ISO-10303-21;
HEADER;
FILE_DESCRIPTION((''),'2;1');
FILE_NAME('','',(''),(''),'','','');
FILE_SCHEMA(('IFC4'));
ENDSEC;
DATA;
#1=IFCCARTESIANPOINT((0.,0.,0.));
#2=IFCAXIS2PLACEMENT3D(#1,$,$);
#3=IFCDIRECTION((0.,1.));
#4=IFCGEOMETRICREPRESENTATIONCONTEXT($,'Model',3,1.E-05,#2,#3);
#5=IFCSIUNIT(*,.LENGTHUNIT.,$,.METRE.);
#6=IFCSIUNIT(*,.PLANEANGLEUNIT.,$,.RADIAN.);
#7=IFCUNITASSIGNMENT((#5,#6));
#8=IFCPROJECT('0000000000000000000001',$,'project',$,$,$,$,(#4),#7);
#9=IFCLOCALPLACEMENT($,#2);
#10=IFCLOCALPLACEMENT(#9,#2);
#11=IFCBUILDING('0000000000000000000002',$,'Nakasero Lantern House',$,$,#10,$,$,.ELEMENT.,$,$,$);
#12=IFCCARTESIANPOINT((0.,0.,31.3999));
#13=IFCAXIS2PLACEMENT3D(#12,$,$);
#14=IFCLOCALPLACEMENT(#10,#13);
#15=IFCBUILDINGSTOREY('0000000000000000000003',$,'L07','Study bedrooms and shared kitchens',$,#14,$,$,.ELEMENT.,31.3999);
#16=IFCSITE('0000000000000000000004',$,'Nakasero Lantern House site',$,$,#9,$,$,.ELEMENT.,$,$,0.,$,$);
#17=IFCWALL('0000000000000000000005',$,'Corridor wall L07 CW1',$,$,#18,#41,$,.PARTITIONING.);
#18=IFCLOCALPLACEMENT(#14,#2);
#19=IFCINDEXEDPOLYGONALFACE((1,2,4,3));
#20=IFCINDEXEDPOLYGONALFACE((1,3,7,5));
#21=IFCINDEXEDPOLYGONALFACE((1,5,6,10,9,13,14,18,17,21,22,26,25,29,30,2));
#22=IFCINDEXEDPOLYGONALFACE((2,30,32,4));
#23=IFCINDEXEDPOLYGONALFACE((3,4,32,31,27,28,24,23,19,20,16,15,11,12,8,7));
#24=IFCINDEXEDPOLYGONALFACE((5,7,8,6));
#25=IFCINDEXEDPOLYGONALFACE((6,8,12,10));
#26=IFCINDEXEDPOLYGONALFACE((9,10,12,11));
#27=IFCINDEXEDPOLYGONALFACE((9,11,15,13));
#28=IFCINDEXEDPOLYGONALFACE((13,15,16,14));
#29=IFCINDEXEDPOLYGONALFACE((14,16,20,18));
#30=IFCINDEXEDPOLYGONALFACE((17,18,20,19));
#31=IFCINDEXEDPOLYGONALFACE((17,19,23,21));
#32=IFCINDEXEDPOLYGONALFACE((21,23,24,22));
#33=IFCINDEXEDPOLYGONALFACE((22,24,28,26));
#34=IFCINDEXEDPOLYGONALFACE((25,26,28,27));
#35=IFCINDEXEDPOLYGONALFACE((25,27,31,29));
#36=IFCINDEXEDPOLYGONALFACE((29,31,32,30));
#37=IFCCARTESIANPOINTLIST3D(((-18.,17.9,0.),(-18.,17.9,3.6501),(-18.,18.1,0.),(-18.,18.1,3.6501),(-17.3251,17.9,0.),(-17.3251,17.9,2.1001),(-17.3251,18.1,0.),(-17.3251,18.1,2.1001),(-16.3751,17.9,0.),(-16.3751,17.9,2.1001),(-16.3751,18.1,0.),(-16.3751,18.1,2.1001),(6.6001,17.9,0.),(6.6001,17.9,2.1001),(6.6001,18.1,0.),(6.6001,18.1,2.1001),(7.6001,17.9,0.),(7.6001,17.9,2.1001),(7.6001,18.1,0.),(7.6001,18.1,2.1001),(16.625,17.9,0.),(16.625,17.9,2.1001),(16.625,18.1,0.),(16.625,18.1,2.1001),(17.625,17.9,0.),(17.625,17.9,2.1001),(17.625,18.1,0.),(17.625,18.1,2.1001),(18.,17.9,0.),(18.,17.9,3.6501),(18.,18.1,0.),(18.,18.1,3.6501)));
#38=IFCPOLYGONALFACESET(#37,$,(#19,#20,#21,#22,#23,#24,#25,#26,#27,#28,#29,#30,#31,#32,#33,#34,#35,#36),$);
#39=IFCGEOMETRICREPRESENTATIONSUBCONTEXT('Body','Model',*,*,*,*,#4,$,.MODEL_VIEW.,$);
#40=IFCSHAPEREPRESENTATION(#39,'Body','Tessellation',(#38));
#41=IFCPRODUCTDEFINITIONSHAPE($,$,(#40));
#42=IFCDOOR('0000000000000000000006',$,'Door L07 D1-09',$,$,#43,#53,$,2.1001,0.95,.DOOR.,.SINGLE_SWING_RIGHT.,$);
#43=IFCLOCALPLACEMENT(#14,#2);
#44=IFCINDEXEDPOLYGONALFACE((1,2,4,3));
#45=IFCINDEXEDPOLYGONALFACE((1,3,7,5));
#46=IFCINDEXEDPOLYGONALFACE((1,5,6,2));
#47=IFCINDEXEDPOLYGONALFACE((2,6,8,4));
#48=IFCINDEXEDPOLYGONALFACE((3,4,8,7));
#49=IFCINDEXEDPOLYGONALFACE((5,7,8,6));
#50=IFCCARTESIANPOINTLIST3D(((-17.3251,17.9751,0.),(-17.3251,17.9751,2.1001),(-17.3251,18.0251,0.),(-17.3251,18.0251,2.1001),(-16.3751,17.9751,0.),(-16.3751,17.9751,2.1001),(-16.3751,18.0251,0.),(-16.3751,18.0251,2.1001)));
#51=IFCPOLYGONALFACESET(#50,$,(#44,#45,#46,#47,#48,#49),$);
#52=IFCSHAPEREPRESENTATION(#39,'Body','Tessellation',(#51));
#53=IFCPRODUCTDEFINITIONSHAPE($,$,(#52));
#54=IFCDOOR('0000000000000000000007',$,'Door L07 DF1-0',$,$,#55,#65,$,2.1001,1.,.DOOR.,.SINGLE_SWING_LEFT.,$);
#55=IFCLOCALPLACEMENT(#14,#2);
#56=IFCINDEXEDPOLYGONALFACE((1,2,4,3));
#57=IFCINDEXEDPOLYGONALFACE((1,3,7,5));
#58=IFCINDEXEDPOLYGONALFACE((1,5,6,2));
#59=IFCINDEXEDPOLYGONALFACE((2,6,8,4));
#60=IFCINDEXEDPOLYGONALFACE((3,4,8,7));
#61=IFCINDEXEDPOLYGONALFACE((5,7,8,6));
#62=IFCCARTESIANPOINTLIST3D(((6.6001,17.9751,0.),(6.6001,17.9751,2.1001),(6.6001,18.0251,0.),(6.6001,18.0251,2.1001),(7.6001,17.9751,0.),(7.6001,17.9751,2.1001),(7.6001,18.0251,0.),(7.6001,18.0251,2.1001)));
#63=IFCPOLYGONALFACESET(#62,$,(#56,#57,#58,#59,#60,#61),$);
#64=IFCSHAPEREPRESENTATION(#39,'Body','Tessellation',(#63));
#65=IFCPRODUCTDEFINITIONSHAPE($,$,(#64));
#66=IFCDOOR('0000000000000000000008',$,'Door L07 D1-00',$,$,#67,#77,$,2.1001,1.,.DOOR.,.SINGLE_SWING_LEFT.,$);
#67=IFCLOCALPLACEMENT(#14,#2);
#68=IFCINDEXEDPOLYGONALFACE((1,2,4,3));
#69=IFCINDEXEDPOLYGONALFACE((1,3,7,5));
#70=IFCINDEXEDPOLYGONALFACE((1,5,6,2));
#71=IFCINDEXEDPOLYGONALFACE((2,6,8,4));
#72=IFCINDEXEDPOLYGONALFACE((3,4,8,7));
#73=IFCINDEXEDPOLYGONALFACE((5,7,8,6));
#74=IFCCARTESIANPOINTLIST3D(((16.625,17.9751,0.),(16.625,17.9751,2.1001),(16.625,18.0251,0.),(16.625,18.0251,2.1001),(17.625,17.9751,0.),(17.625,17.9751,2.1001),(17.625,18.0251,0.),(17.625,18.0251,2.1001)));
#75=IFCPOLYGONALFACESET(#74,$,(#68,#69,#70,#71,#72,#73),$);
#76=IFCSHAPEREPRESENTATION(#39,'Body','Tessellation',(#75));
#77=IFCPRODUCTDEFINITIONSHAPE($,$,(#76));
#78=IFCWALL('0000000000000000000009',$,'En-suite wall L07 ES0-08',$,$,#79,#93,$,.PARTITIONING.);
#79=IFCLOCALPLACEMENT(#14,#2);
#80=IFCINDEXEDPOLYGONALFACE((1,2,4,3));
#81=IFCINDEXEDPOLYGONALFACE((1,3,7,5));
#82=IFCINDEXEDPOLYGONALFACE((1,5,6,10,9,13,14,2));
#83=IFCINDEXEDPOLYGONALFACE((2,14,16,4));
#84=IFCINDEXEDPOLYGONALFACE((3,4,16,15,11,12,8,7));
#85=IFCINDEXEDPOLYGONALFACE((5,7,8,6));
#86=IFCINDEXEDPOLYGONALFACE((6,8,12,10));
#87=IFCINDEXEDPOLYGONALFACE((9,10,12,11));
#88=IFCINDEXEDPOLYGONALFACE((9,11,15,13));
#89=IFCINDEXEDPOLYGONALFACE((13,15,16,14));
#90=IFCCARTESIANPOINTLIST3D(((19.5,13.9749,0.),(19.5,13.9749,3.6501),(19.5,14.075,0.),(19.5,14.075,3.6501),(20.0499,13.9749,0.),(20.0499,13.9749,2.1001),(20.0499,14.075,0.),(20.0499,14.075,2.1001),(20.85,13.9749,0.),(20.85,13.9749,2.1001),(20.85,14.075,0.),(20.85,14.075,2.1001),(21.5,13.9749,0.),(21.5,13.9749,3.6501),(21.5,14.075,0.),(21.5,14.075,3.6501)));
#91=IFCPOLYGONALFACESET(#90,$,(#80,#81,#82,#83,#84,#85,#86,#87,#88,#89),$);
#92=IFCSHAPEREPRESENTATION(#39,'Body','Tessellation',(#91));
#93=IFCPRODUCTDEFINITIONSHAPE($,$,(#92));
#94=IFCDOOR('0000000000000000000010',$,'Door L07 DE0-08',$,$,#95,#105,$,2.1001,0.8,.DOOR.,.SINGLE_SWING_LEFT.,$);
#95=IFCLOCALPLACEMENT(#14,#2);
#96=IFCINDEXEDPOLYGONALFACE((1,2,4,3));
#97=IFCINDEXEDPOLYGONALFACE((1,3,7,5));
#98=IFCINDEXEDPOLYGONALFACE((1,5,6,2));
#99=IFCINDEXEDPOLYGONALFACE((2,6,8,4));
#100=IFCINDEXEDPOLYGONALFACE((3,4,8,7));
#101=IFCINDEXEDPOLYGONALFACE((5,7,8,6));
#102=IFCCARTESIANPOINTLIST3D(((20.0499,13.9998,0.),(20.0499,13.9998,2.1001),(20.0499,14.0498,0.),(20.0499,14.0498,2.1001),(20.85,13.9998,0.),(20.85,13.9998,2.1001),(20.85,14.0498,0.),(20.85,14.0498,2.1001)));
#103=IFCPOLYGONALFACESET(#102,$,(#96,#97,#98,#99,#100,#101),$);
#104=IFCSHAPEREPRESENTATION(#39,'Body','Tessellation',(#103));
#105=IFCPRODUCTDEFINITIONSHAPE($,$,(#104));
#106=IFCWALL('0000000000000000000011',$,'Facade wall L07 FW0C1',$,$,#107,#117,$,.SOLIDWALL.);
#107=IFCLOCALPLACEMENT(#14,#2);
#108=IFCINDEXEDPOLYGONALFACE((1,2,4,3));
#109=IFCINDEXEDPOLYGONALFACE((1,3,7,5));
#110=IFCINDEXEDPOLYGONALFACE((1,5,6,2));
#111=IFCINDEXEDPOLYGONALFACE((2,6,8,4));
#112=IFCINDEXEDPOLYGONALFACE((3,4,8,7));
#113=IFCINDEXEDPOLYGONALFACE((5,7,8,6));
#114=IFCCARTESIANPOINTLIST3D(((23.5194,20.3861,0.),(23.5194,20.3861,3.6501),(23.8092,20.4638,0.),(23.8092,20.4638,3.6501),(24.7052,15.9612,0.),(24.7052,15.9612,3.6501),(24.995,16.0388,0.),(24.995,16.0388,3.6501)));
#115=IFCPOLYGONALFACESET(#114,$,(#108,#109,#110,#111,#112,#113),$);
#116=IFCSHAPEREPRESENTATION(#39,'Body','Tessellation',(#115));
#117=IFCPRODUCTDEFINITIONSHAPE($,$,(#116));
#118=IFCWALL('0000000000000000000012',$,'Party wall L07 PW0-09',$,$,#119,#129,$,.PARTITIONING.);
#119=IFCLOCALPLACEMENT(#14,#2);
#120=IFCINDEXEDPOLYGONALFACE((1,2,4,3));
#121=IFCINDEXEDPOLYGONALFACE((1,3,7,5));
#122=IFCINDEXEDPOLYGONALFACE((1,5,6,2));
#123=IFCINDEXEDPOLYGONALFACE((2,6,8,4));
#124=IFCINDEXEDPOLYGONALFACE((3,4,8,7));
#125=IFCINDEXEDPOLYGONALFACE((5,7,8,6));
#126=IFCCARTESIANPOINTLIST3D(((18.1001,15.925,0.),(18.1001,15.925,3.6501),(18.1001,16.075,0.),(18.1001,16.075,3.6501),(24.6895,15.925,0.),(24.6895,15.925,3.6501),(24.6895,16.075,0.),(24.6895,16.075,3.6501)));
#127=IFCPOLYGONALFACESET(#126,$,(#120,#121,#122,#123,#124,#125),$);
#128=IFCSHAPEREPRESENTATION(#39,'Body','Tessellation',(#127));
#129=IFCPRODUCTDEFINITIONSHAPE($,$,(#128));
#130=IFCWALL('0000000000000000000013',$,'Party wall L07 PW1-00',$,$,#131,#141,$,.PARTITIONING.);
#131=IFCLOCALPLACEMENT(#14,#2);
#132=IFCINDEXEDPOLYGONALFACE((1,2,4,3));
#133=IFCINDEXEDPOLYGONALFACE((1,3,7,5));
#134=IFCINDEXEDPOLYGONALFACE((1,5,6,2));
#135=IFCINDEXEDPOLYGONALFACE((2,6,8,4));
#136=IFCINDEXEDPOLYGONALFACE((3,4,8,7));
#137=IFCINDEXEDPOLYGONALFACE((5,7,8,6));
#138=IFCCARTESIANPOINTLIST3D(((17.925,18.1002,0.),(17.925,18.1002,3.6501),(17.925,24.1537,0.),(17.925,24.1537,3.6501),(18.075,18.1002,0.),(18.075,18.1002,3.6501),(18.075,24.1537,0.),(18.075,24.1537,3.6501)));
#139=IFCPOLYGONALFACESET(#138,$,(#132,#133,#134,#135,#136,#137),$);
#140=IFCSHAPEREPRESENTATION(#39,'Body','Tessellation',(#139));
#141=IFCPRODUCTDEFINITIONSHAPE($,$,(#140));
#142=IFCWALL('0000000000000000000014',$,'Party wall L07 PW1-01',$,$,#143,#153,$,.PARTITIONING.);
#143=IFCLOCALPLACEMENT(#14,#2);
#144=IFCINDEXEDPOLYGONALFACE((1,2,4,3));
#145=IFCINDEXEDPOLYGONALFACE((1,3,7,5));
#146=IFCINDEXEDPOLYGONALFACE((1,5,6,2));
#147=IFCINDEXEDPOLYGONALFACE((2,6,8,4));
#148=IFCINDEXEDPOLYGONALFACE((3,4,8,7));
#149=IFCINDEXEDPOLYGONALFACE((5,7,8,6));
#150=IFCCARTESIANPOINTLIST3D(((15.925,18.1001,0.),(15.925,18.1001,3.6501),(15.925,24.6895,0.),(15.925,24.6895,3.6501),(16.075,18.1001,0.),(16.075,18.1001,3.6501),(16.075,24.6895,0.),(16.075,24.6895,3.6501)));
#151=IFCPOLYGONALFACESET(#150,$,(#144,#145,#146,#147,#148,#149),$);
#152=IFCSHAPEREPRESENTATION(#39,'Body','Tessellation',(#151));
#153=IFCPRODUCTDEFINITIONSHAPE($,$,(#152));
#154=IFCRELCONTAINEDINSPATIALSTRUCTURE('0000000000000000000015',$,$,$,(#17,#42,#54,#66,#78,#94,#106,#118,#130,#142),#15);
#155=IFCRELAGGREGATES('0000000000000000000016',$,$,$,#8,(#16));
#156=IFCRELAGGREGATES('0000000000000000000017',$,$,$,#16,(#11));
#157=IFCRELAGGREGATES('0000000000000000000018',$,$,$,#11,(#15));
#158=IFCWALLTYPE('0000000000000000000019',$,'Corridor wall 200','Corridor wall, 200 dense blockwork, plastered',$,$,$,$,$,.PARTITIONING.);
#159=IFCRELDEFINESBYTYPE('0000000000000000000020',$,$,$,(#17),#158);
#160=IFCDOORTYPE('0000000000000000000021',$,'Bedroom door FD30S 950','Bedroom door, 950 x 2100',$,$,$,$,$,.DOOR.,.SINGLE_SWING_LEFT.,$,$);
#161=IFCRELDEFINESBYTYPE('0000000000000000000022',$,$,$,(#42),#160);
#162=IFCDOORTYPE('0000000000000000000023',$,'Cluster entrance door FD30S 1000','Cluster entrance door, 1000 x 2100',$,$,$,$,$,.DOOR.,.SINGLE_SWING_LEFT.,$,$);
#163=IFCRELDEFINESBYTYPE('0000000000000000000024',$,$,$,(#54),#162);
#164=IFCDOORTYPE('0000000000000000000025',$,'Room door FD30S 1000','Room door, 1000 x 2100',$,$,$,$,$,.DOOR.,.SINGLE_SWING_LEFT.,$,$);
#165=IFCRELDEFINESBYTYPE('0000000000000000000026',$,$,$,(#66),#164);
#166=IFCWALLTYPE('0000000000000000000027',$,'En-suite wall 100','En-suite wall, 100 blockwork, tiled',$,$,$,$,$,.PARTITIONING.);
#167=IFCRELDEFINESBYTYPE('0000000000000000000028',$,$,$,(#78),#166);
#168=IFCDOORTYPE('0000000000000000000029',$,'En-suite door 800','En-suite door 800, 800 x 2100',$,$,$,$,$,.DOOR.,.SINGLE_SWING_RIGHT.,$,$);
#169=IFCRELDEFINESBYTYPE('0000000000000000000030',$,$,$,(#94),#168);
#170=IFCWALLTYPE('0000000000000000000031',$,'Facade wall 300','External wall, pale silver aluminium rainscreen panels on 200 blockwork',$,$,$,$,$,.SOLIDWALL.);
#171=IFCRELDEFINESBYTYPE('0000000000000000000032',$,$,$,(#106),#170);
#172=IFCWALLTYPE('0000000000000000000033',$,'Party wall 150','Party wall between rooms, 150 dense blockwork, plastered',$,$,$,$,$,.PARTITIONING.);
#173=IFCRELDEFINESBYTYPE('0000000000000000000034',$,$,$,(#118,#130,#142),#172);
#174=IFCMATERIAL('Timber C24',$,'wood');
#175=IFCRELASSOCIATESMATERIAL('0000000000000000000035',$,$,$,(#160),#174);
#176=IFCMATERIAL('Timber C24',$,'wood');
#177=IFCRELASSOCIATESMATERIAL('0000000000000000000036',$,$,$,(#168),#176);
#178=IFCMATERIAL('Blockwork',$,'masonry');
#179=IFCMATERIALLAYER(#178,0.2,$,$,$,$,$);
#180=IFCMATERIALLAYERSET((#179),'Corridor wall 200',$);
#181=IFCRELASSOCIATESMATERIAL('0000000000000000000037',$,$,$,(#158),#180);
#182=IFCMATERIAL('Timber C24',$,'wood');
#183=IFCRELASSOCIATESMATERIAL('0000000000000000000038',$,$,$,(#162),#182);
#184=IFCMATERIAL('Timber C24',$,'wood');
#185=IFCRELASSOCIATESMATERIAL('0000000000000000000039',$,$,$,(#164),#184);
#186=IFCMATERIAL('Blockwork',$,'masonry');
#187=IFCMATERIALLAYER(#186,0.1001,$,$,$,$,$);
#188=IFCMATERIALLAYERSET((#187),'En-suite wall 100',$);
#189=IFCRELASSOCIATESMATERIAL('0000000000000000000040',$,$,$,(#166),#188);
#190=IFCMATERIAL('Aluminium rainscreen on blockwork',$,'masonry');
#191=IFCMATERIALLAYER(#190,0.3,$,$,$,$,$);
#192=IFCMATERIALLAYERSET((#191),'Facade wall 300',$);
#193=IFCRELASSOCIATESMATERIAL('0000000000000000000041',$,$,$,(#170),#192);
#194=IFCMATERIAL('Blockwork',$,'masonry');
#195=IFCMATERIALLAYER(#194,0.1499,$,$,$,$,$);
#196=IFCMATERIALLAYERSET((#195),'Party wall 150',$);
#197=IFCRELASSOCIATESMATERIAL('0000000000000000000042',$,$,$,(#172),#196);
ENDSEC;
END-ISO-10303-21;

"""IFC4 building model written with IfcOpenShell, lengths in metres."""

from ifc_helpers import new_model, si_unit, direction, frame, frame_2d, origin, place, context, subcontext, project, spatial, rectangle, extrude, material, layer, layer_set, type_object, element, fill, save


model = new_model("IFC4")

# Units and contexts
model_context = context("Model", 3, precision=1e-05, world=origin(), true_north=direction((0.0, 1.0)))
body_context = subcontext(model_context, "Body", "Model", "MODEL_VIEW")
ifc_project = project(units=[si_unit("LENGTHUNIT", "METRE"), si_unit("PLANEANGLEUNIT", "RADIAN")], contexts=[model_context])

# Site, building, storey
site_placement = place(None, origin())
site = spatial("IfcSite", under=ifc_project, at=site_placement, Name="Nakasero Lantern House site", CompositionType="ELEMENT", RefElevation=0.0)
building_placement = place(site_placement, origin())
building = spatial("IfcBuilding", under=site, at=building_placement, Name="Nakasero Lantern House", CompositionType="ELEMENT")
storey_placement = place(building_placement, frame((0.0, 0.0, 31.3999)))
storey = spatial("IfcBuildingStorey", under=building, at=storey_placement, Name="L07", Description="Study bedrooms and shared kitchens", CompositionType="ELEMENT", Elevation=31.3999)

# Wall, openings, doors
ifc_material_1 = material(Name="Timber C24", Category="wood")
door_type_1 = type_object("IfcDoorType", Name="Bedroom door FD30S 950", Description="Bedroom door, 950 x 2100", OperationType="SINGLE_SWING_LEFT", PredefinedType="DOOR", material=ifc_material_1)
ifc_material_2 = material(Name="Timber C24", Category="wood")
door_type_2 = type_object("IfcDoorType", Name="En-suite door 800", Description="En-suite door 800, 800 x 2100", OperationType="SINGLE_SWING_RIGHT", PredefinedType="DOOR", material=ifc_material_2)
ifc_material_3 = material(Name="Blockwork", Category="masonry")
ifc_layer_1 = layer(ifc_material_3, 0.2)
ifc_layer_set_1 = layer_set([ifc_layer_1], Name="Corridor wall 200")
wall_type_1 = type_object("IfcWallType", Name="Corridor wall 200", Description="Corridor wall, 200 dense blockwork, plastered", PredefinedType="PARTITIONING", material=ifc_layer_set_1)
wall_1_placement = place(storey_placement, frame((18.0, 18.0, 0.0), z_axis=(0.0, 0.0, 1.0), x_axis=(-1.0, 0.0, 0.0)))
wall_1 = element("IfcWall", 1, at=wall_1_placement, inside=storey, type_object=wall_type_1, Name="Corridor wall L07 CW1", PredefinedType="PARTITIONING", context=body_context, shape_type="SweptSolid", body=[
    extrude(rectangle(XDim=36.0, YDim=0.2, at=frame_2d((18.0, 0.0))), origin(), (0.0, 0.0, 1.0), 3.6501),
])
opening_1_placement = place(wall_1_placement, frame((10.3999, 0.0, 0.0)))
opening_1 = element("IfcOpeningElement", 2, at=opening_1_placement, cuts=wall_1, PredefinedType="OPENING", context=body_context, shape_type="SweptSolid", body=[
    extrude(rectangle(XDim=1.0, YDim=2.1001, at=frame_2d((0.5, 1.05))), frame((0.0, 0.1199, 0.0), z_axis=(0.0, -1.0, 0.0), x_axis=(1.0, 0.0, 0.0)), (0.0, 0.0, 1.0), 0.24),
])
opening_2_placement = place(wall_1_placement, frame((0.375, 0.0, 0.0)))
opening_2 = element("IfcOpeningElement", 3, at=opening_2_placement, cuts=wall_1, PredefinedType="OPENING", context=body_context, shape_type="SweptSolid", body=[
    extrude(rectangle(XDim=1.0, YDim=2.1001, at=frame_2d((0.5, 1.05))), frame((0.0, 0.1199, 0.0), z_axis=(0.0, -1.0, 0.0), x_axis=(1.0, 0.0, 0.0)), (0.0, 0.0, 1.0), 0.24),
])
opening_3_placement = place(wall_1_placement, frame((34.375, 0.0, 0.0)))
opening_3 = element("IfcOpeningElement", 4, at=opening_3_placement, cuts=wall_1, PredefinedType="OPENING", context=body_context, shape_type="SweptSolid", body=[
    extrude(rectangle(XDim=0.95, YDim=2.1001, at=frame_2d((0.4751, 1.05))), frame((0.0, 0.1199, 0.0), z_axis=(0.0, -1.0, 0.0), x_axis=(1.0, 0.0, 0.0)), (0.0, 0.0, 1.0), 0.24),
])
door_1_placement = place(opening_3_placement, origin())
door_1 = element("IfcDoor", 5, at=door_1_placement, inside=storey, type_object=door_type_1, Name="Door L07 D1-09", OperationType="SINGLE_SWING_RIGHT", OverallHeight=2.1001, OverallWidth=0.95, PredefinedType="DOOR", context=body_context, shape_type="SweptSolid", body=[
    extrude(rectangle(XDim=0.95, YDim=2.1001, at=frame_2d((0.4751, 1.05))), frame((0.0, 0.0249, 0.0), z_axis=(0.0, -1.0, 0.0), x_axis=(1.0, 0.0, 0.0)), (0.0, 0.0, 1.0), 0.05),
])
fill(opening_3, door_1)
ifc_material_4 = material(Name="Timber C24", Category="wood")
door_type_3 = type_object("IfcDoorType", Name="Cluster entrance door FD30S 1000", Description="Cluster entrance door, 1000 x 2100", OperationType="SINGLE_SWING_LEFT", PredefinedType="DOOR", material=ifc_material_4)
door_2_placement = place(opening_1_placement, origin())
door_2 = element("IfcDoor", 6, at=door_2_placement, inside=storey, type_object=door_type_3, Name="Door L07 DF1-0", OperationType="SINGLE_SWING_LEFT", OverallHeight=2.1001, OverallWidth=1.0, PredefinedType="DOOR", context=body_context, shape_type="SweptSolid", body=[
    extrude(rectangle(XDim=1.0, YDim=2.1001, at=frame_2d((0.5, 1.05))), frame((0.0, 0.0249, 0.0), z_axis=(0.0, -1.0, 0.0), x_axis=(1.0, 0.0, 0.0)), (0.0, 0.0, 1.0), 0.05),
])
fill(opening_1, door_2)
ifc_material_5 = material(Name="Timber C24", Category="wood")
door_type_4 = type_object("IfcDoorType", Name="Room door FD30S 1000", Description="Room door, 1000 x 2100", OperationType="SINGLE_SWING_LEFT", PredefinedType="DOOR", material=ifc_material_5)
door_3_placement = place(opening_2_placement, origin())
door_3 = element("IfcDoor", 7, at=door_3_placement, inside=storey, type_object=door_type_4, Name="Door L07 D1-00", OperationType="SINGLE_SWING_LEFT", OverallHeight=2.1001, OverallWidth=1.0, PredefinedType="DOOR", context=body_context, shape_type="SweptSolid", body=[
    extrude(rectangle(XDim=1.0, YDim=2.1001, at=frame_2d((0.5, 1.05))), frame((0.0, 0.0249, 0.0), z_axis=(0.0, -1.0, 0.0), x_axis=(1.0, 0.0, 0.0)), (0.0, 0.0, 1.0), 0.05),
])
fill(opening_2, door_3)

# Wall, opening, door
ifc_material_6 = material(Name="Blockwork", Category="masonry")
ifc_layer_2 = layer(ifc_material_6, 0.1001)
ifc_layer_set_2 = layer_set([ifc_layer_2], Name="En-suite wall 100")
wall_type_2 = type_object("IfcWallType", Name="En-suite wall 100", Description="En-suite wall, 100 blockwork, tiled", PredefinedType="PARTITIONING", material=ifc_layer_set_2)
wall_2_placement = place(storey_placement, frame((19.5, 14.0249, 0.0), z_axis=(0.0, 0.0, 1.0), x_axis=(1.0, 0.0, 0.0)))
wall_2 = element("IfcWall", 8, at=wall_2_placement, inside=storey, type_object=wall_type_2, Name="En-suite wall L07 ES0-08", PredefinedType="PARTITIONING", context=body_context, shape_type="SweptSolid", body=[
    extrude(rectangle(XDim=2.0, YDim=0.1001, at=frame_2d((1.0, 0.0))), origin(), (0.0, 0.0, 1.0), 3.6501),
])
opening_4_placement = place(wall_2_placement, frame((0.55, 0.0, 0.0)))
opening_4 = element("IfcOpeningElement", 9, at=opening_4_placement, cuts=wall_2, PredefinedType="OPENING", context=body_context, shape_type="SweptSolid", body=[
    extrude(rectangle(XDim=0.8, YDim=2.1001, at=frame_2d((0.3999, 1.05))), frame((0.0, 0.0701, 0.0), z_axis=(0.0, -1.0, 0.0), x_axis=(1.0, 0.0, 0.0)), (0.0, 0.0, 1.0), 0.1401),
])
door_4_placement = place(opening_4_placement, origin())
door_4 = element("IfcDoor", 10, at=door_4_placement, inside=storey, type_object=door_type_2, Name="Door L07 DE0-08", OperationType="SINGLE_SWING_LEFT", OverallHeight=2.1001, OverallWidth=0.8, PredefinedType="DOOR", context=body_context, shape_type="SweptSolid", body=[
    extrude(rectangle(XDim=0.8, YDim=2.1001, at=frame_2d((0.3999, 1.05))), frame((0.0, 0.0249, 0.0), z_axis=(0.0, -1.0, 0.0), x_axis=(1.0, 0.0, 0.0)), (0.0, 0.0, 1.0), 0.05),
])
fill(opening_4, door_4)

# Walls
ifc_material_7 = material(Name="Aluminium rainscreen on blockwork", Category="masonry")
ifc_layer_3 = layer(ifc_material_7, 0.3)
ifc_layer_set_3 = layer_set([ifc_layer_3], Name="Facade wall 300")
wall_type_3 = type_object("IfcWallType", Name="Facade wall 300", Description="External wall, pale silver aluminium rainscreen panels on 200 blockwork", PredefinedType="SOLIDWALL", material=ifc_layer_set_3)
wall_3_placement = place(storey_placement, frame((24.8501, 16.0, 0.0), z_axis=(0.0, 0.0, 1.0), x_axis=(-0.25884, 0.96592, 0.0)))
element("IfcWall", 11, at=wall_3_placement, inside=storey, type_object=wall_type_3, Name="Facade wall L07 FW0C1", PredefinedType="SOLIDWALL", context=body_context, shape_type="SweptSolid", body=[
    extrude(rectangle(XDim=4.5811, YDim=0.3, at=frame_2d((2.2905, 0.0))), origin(), (0.0, 0.0, 1.0), 3.6501),
])
ifc_material_8 = material(Name="Blockwork", Category="masonry")
ifc_layer_4 = layer(ifc_material_8, 0.1499)
ifc_layer_set_4 = layer_set([ifc_layer_4], Name="Party wall 150")
wall_type_4 = type_object("IfcWallType", Name="Party wall 150", Description="Party wall between rooms, 150 dense blockwork, plastered", PredefinedType="PARTITIONING", material=ifc_layer_set_4)
wall_4_placement = place(storey_placement, frame((18.1001, 16.0, 0.0), z_axis=(0.0, 0.0, 1.0), x_axis=(1.0, 0.0, 0.0)))
element("IfcWall", 12, at=wall_4_placement, inside=storey, type_object=wall_type_4, Name="Party wall L07 PW0-09", PredefinedType="PARTITIONING", context=body_context, shape_type="SweptSolid", body=[
    extrude(rectangle(XDim=6.5894, YDim=0.1499, at=frame_2d((3.2947, 0.0))), origin(), (0.0, 0.0, 1.0), 3.6501),
])
wall_5_placement = place(storey_placement, frame((18.0, 18.1001, 0.0), z_axis=(0.0, 0.0, 1.0), x_axis=(0.0, 1.0, 0.0)))
element("IfcWall", 13, at=wall_5_placement, inside=storey, type_object=wall_type_4, Name="Party wall L07 PW1-00", PredefinedType="PARTITIONING", context=body_context, shape_type="SweptSolid", body=[
    extrude(rectangle(XDim=6.0535, YDim=0.1499, at=frame_2d((3.0269, 0.0))), origin(), (0.0, 0.0, 1.0), 3.6501),
])
wall_6_placement = place(storey_placement, frame((16.0, 18.1001, 0.0), z_axis=(0.0, 0.0, 1.0), x_axis=(0.0, 1.0, 0.0)))
element("IfcWall", 14, at=wall_6_placement, inside=storey, type_object=wall_type_4, Name="Party wall L07 PW1-01", PredefinedType="PARTITIONING", context=body_context, shape_type="SweptSolid", body=[
    extrude(rectangle(XDim=6.5894, YDim=0.1499, at=frame_2d((3.2947, 0.0))), origin(), (0.0, 0.0, 1.0), 3.6501),
])

save(model, "model.ifc")
